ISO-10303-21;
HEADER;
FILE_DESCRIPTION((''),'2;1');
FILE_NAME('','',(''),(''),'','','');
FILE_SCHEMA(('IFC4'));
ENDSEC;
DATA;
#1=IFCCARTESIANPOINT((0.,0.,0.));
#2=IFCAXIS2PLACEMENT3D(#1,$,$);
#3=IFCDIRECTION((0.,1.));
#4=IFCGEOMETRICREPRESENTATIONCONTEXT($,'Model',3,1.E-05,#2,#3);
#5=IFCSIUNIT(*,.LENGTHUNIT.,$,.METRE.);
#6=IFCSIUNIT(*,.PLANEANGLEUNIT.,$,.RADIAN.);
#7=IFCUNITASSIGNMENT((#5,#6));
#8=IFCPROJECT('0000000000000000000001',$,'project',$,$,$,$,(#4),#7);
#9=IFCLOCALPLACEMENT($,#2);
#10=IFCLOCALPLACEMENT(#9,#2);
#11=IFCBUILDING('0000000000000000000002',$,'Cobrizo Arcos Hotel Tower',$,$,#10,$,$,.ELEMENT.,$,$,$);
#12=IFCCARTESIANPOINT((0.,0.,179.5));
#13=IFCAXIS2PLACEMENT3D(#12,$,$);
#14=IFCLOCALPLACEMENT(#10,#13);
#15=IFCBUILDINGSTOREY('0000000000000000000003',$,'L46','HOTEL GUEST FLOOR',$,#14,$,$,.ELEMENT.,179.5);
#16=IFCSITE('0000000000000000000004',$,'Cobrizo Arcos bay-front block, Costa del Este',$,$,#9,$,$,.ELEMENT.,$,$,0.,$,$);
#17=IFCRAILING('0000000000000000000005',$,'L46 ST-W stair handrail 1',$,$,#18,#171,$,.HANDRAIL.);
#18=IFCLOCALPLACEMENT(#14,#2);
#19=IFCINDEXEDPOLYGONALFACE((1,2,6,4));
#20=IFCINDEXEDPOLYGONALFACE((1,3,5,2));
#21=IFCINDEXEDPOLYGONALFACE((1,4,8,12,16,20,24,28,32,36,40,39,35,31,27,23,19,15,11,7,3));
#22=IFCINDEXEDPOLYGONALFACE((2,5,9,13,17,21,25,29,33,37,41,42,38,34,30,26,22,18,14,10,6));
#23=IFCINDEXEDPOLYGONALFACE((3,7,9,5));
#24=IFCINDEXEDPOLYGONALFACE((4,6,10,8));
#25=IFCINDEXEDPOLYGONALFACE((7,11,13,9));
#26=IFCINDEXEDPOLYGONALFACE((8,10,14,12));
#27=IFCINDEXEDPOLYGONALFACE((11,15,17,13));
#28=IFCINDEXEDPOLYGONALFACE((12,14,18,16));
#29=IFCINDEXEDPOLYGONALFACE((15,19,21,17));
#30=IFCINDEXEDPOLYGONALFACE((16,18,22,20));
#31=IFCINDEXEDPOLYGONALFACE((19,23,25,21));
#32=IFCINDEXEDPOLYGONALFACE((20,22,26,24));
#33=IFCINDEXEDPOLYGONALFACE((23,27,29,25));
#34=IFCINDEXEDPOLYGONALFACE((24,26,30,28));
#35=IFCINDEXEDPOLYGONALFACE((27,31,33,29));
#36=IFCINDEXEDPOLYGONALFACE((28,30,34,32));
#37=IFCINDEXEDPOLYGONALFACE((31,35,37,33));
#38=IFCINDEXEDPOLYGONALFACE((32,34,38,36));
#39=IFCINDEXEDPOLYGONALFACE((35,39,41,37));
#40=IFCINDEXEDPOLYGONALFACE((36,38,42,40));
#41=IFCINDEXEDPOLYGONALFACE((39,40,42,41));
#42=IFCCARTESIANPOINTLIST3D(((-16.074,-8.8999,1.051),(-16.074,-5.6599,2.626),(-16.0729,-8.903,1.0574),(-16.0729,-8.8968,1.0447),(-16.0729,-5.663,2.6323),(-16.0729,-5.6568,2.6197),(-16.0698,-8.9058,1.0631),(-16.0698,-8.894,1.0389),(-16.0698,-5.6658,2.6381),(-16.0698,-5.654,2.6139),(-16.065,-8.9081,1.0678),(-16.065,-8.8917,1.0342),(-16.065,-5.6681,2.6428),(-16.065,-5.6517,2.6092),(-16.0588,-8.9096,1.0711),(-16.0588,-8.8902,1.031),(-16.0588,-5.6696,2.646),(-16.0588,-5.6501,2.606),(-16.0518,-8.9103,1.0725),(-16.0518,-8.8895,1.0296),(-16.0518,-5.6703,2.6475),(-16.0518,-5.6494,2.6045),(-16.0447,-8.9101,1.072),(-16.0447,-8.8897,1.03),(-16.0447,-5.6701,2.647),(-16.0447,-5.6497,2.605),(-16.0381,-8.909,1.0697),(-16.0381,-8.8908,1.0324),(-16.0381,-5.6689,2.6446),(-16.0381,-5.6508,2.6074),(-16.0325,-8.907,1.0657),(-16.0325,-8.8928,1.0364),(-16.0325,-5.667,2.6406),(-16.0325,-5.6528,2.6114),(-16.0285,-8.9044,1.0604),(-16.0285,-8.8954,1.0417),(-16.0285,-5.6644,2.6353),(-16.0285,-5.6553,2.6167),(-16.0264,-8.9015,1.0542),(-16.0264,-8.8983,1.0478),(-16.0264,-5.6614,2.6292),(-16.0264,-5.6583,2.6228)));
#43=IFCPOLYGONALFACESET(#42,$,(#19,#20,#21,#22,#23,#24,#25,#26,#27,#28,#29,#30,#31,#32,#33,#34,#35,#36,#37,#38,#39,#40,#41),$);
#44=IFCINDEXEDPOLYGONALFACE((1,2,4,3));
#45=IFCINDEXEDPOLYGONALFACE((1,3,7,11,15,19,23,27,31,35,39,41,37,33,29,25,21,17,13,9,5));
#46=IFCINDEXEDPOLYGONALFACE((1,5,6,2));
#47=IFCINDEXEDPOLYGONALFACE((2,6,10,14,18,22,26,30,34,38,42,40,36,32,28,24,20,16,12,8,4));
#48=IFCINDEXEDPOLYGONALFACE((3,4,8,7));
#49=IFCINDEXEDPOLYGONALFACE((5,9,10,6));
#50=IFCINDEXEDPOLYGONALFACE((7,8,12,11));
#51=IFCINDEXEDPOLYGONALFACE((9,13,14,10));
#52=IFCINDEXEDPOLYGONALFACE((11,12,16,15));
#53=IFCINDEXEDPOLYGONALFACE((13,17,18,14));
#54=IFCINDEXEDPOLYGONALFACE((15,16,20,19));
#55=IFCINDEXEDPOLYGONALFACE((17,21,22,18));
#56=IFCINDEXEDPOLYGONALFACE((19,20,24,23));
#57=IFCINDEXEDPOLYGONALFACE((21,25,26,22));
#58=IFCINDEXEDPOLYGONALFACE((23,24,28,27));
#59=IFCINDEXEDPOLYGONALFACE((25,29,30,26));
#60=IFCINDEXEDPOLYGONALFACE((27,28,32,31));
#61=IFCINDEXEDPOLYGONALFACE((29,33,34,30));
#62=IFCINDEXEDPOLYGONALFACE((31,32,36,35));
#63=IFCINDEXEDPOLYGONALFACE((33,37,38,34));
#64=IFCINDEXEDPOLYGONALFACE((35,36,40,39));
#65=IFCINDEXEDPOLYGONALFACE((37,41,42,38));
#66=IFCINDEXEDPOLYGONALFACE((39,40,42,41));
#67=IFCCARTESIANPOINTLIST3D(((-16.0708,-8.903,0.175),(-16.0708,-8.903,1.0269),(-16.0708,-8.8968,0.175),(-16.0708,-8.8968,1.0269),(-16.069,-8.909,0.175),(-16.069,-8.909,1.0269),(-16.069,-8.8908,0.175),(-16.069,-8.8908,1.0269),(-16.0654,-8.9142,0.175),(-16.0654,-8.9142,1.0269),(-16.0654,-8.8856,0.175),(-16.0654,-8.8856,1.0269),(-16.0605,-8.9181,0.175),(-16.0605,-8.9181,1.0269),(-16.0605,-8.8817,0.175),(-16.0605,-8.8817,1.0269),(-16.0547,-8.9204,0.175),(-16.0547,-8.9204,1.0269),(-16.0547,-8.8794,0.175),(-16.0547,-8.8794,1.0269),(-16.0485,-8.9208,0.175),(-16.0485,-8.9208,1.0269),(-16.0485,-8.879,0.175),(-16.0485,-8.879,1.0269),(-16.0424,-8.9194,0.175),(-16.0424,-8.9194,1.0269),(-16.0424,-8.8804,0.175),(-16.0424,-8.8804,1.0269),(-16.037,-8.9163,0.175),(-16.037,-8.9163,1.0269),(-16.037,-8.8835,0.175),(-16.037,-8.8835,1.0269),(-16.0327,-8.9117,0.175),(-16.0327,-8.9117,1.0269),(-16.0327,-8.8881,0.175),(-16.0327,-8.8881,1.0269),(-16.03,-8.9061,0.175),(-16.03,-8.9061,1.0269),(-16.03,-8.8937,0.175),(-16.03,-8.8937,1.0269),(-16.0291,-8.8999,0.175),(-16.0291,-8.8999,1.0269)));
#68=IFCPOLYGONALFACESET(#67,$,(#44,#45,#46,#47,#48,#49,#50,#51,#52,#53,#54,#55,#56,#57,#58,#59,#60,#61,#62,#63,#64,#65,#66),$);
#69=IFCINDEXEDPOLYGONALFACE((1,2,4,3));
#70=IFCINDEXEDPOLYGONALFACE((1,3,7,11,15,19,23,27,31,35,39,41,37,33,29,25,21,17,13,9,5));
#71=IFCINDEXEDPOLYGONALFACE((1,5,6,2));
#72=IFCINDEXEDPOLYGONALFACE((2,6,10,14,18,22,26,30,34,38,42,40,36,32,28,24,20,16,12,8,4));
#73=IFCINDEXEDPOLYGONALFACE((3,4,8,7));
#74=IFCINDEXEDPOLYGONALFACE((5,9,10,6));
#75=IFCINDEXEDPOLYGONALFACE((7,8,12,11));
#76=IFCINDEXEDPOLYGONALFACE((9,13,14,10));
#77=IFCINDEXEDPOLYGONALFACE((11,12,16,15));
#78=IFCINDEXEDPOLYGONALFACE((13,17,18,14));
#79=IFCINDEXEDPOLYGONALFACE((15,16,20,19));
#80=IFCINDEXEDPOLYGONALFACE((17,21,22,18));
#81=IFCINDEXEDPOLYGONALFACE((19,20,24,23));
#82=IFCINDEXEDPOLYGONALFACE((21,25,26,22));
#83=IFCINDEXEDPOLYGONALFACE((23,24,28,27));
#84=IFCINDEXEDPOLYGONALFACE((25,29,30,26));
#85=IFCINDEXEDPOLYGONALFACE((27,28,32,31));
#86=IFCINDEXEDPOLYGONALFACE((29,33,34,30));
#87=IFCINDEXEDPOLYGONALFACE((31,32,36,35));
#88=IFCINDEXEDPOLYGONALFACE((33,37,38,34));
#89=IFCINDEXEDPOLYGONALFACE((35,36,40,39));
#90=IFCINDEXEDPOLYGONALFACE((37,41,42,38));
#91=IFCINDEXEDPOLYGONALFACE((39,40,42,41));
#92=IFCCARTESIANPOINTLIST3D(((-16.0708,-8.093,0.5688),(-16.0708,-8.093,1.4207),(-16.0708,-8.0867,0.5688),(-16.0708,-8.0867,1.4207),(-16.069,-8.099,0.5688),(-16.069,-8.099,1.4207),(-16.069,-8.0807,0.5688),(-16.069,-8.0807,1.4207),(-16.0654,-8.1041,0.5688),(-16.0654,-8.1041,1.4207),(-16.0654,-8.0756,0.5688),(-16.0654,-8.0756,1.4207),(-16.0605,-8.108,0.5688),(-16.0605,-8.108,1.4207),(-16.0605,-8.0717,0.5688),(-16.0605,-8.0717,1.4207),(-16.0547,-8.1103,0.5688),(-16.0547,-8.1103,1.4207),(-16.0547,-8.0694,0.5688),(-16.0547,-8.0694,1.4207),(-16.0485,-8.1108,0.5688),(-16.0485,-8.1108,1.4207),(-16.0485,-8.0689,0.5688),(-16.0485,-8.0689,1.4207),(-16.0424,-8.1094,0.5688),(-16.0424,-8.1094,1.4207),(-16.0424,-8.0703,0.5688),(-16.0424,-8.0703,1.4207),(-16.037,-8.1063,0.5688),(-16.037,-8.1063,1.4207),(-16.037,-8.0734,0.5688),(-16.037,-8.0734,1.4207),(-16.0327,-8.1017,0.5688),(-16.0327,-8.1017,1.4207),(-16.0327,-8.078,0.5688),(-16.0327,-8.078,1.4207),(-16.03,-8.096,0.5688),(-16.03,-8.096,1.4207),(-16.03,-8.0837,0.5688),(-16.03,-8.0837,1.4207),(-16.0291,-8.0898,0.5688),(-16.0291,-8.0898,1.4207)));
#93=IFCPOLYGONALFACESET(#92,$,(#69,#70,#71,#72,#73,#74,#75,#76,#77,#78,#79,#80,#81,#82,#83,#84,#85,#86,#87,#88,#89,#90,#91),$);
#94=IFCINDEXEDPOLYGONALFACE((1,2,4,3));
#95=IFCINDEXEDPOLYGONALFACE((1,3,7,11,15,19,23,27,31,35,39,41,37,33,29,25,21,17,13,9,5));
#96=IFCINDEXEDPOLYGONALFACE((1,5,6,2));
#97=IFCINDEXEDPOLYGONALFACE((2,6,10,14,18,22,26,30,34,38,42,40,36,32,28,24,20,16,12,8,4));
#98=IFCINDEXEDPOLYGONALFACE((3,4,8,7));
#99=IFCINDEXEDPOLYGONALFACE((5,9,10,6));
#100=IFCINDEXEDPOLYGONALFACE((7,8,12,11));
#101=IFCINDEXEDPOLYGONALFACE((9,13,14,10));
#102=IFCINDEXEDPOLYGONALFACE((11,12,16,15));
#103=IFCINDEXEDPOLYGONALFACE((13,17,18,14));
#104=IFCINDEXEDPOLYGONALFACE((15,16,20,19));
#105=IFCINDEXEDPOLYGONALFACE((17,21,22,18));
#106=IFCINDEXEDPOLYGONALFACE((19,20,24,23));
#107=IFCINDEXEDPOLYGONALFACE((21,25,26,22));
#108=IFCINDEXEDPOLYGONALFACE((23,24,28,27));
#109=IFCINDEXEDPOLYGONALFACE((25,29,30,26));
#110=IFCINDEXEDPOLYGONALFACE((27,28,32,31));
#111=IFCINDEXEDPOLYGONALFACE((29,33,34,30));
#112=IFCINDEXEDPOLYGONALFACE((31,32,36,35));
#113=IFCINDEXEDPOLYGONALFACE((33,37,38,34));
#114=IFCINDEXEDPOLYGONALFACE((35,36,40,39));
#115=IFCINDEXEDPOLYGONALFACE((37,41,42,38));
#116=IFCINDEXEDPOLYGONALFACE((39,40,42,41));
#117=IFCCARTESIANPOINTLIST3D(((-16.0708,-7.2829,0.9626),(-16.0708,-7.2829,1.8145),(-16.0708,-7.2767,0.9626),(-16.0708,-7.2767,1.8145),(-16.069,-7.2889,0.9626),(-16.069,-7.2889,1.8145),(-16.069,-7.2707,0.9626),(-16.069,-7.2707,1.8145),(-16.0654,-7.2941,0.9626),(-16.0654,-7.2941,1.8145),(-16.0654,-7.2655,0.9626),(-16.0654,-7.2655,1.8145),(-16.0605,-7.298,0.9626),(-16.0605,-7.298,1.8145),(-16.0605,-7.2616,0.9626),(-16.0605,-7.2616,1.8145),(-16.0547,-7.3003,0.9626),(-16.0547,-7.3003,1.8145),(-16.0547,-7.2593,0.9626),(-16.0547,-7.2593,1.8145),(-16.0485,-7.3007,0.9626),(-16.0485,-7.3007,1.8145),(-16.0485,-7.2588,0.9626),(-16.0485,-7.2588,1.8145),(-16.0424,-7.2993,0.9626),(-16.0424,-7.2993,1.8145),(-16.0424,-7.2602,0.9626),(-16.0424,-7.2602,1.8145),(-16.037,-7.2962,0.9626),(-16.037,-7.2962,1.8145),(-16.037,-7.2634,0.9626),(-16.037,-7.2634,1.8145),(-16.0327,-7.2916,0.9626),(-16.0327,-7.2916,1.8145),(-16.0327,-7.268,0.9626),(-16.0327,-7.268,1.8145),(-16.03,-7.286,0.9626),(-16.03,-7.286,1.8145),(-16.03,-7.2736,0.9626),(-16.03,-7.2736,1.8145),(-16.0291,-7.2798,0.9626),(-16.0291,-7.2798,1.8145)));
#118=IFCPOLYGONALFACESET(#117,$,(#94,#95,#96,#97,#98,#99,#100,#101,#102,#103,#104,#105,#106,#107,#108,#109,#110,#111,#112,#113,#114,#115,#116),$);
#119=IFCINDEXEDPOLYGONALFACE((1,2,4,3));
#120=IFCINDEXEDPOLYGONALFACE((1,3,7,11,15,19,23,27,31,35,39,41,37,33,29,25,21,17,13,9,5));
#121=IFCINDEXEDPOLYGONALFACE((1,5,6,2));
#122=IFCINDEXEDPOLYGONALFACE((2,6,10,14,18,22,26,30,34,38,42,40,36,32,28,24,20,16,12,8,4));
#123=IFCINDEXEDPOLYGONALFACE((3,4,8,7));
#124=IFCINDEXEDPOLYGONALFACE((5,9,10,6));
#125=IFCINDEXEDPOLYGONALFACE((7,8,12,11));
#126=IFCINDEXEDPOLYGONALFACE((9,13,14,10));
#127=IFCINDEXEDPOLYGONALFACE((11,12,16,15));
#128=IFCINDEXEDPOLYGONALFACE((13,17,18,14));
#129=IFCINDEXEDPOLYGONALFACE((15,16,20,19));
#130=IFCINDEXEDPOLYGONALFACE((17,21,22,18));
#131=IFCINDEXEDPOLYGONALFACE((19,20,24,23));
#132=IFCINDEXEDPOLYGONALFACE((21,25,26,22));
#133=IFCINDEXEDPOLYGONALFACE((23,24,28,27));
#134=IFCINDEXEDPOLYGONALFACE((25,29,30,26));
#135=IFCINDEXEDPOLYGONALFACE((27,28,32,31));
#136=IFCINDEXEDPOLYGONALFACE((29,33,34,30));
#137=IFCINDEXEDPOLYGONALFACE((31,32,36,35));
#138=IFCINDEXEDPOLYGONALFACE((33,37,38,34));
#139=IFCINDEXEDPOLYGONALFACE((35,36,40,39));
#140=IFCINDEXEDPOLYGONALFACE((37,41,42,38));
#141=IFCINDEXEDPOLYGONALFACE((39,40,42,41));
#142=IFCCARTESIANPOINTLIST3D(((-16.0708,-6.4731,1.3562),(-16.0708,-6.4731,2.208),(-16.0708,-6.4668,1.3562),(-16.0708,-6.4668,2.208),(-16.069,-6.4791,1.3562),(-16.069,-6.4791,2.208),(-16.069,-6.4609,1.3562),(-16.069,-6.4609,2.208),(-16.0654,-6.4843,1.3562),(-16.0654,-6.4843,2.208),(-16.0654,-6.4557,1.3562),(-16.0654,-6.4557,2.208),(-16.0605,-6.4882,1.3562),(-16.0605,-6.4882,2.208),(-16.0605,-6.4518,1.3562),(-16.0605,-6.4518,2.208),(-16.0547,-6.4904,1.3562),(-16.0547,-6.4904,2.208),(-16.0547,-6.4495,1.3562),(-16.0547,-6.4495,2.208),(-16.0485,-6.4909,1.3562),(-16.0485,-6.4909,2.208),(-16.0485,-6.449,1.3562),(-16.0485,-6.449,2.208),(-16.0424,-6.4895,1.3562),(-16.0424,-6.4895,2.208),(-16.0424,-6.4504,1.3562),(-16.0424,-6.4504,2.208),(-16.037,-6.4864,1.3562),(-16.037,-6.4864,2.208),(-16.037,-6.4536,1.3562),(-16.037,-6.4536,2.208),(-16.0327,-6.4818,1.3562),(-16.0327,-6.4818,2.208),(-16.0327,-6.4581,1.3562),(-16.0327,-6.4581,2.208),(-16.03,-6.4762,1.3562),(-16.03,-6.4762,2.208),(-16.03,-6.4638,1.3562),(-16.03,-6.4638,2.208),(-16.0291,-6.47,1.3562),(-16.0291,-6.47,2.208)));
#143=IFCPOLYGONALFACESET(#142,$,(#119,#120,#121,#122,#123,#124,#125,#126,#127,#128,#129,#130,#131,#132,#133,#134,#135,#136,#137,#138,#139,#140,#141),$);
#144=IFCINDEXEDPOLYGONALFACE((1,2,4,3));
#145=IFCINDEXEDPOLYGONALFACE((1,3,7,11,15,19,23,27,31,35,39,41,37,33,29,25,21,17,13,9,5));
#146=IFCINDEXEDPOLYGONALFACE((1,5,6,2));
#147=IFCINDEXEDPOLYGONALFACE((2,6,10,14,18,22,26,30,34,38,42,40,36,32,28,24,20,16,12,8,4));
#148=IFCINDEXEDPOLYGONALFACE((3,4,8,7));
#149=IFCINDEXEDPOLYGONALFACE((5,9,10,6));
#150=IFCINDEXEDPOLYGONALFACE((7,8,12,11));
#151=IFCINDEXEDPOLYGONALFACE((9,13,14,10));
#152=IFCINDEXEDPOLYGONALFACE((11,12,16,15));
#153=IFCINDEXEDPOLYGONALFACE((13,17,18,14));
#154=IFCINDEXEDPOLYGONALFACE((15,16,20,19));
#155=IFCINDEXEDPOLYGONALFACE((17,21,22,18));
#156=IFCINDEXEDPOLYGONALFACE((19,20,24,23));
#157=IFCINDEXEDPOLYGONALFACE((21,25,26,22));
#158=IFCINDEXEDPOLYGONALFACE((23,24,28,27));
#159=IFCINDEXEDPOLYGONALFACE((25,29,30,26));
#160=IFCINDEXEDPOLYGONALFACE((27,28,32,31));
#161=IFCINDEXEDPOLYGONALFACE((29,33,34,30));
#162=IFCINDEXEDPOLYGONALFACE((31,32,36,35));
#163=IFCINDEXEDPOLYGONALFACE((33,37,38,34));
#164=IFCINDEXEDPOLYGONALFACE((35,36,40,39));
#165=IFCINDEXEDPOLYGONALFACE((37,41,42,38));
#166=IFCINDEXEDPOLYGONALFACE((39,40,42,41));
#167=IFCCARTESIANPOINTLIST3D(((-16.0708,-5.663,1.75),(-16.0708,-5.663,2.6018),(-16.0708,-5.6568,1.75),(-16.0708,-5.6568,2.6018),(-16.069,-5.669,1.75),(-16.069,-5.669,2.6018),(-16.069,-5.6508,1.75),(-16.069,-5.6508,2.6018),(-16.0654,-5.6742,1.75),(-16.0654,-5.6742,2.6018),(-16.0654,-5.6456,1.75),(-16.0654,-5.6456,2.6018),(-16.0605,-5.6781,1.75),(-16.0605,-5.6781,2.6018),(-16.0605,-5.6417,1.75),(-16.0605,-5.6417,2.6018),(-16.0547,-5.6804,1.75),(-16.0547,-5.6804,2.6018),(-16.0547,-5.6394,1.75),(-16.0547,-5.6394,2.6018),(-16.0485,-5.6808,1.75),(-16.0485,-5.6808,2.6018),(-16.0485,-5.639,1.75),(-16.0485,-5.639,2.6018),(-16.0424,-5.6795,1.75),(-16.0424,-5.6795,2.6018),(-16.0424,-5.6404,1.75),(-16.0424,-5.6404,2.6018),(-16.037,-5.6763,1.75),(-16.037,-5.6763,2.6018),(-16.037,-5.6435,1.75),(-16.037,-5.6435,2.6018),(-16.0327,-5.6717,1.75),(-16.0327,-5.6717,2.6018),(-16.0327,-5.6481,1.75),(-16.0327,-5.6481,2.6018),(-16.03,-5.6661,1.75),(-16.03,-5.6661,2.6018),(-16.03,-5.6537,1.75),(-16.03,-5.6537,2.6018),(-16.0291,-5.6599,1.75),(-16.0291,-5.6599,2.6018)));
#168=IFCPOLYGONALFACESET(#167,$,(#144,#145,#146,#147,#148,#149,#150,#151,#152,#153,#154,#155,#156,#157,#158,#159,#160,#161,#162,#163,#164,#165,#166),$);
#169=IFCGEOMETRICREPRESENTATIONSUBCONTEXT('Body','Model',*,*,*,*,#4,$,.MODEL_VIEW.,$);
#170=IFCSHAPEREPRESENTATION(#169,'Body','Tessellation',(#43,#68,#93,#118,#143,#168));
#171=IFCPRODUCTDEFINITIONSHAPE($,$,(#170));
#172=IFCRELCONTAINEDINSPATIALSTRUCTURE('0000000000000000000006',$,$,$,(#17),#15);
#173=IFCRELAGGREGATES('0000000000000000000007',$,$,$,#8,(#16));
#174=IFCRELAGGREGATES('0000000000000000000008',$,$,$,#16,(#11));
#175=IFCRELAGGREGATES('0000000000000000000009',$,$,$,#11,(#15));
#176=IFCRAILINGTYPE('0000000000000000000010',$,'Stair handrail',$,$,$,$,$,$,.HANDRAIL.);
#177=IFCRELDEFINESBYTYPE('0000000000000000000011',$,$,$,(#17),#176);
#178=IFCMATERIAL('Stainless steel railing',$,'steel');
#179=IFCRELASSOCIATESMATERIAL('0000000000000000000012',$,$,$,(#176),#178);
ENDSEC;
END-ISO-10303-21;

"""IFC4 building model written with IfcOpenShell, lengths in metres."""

from ifc_helpers import new_model, si_unit, direction, frame, origin, origin_2d, place, context, subcontext, project, spatial, circle, extrude, material, type_object, element, save


model = new_model("IFC4")

# Units and contexts
model_context = context("Model", 3, precision=1e-05, world=origin(), true_north=direction((0.0, 1.0)))
body_context = subcontext(model_context, "Body", "Model", "MODEL_VIEW")
ifc_project = project(units=[si_unit("LENGTHUNIT", "METRE"), si_unit("PLANEANGLEUNIT", "RADIAN")], contexts=[model_context])

# Site, building, storey
site_placement = place(None, origin())
site = spatial("IfcSite", under=ifc_project, at=site_placement, Name="Cobrizo Arcos bay-front block, Costa del Este", CompositionType="ELEMENT", RefElevation=0.0)
building_placement = place(site_placement, origin())
building = spatial("IfcBuilding", under=site, at=building_placement, Name="Cobrizo Arcos Hotel Tower", CompositionType="ELEMENT")
storey_placement = place(building_placement, frame((0.0, 0.0, 179.5)))
storey = spatial("IfcBuildingStorey", under=building, at=storey_placement, Name="L46", Description="HOTEL GUEST FLOOR", CompositionType="ELEMENT", Elevation=179.5)

# Railing
ifc_material_1 = material(Name="Stainless steel railing", Category="steel")
railing_type_1 = type_object("IfcRailingType", Name="Stair handrail", PredefinedType="HANDRAIL", material=ifc_material_1)
railing_1_placement = place(storey_placement, frame((-16.05, -8.8999, 0.175)))
element("IfcRailing", 1, at=railing_1_placement, inside=storey, type_object=railing_type_1, Name="L46 ST-W stair handrail 1", PredefinedType="HANDRAIL", context=body_context, shape_type="SweptSolid", body=[
    extrude(circle(Radius=0.0239, at=origin_2d()), frame((0.0, 0.0, 0.876), z_axis=(0.0, 0.899373, 0.437183), x_axis=(-1.0, 0.0, 0.0)), (0.0, 0.0, 1.0), 3.6025),
    extrude(circle(Radius=0.021, at=origin_2d()), origin(), (0.0, 0.0, 1.0), 0.8518),
    extrude(circle(Radius=0.021, at=origin_2d()), frame((0.0, 0.8101, 0.3938)), (0.0, 0.0, 1.0), 0.8518),
    extrude(circle(Radius=0.021, at=origin_2d()), frame((0.0, 1.6201, 0.7876)), (0.0, 0.0, 1.0), 0.8518),
    extrude(circle(Radius=0.021, at=origin_2d()), frame((0.0, 2.4299, 1.1812)), (0.0, 0.0, 1.0), 0.8518),
    extrude(circle(Radius=0.021, at=origin_2d()), frame((0.0, 3.24, 1.575)), (0.0, 0.0, 1.0), 0.8518),
])

save(model, "model.ifc")
